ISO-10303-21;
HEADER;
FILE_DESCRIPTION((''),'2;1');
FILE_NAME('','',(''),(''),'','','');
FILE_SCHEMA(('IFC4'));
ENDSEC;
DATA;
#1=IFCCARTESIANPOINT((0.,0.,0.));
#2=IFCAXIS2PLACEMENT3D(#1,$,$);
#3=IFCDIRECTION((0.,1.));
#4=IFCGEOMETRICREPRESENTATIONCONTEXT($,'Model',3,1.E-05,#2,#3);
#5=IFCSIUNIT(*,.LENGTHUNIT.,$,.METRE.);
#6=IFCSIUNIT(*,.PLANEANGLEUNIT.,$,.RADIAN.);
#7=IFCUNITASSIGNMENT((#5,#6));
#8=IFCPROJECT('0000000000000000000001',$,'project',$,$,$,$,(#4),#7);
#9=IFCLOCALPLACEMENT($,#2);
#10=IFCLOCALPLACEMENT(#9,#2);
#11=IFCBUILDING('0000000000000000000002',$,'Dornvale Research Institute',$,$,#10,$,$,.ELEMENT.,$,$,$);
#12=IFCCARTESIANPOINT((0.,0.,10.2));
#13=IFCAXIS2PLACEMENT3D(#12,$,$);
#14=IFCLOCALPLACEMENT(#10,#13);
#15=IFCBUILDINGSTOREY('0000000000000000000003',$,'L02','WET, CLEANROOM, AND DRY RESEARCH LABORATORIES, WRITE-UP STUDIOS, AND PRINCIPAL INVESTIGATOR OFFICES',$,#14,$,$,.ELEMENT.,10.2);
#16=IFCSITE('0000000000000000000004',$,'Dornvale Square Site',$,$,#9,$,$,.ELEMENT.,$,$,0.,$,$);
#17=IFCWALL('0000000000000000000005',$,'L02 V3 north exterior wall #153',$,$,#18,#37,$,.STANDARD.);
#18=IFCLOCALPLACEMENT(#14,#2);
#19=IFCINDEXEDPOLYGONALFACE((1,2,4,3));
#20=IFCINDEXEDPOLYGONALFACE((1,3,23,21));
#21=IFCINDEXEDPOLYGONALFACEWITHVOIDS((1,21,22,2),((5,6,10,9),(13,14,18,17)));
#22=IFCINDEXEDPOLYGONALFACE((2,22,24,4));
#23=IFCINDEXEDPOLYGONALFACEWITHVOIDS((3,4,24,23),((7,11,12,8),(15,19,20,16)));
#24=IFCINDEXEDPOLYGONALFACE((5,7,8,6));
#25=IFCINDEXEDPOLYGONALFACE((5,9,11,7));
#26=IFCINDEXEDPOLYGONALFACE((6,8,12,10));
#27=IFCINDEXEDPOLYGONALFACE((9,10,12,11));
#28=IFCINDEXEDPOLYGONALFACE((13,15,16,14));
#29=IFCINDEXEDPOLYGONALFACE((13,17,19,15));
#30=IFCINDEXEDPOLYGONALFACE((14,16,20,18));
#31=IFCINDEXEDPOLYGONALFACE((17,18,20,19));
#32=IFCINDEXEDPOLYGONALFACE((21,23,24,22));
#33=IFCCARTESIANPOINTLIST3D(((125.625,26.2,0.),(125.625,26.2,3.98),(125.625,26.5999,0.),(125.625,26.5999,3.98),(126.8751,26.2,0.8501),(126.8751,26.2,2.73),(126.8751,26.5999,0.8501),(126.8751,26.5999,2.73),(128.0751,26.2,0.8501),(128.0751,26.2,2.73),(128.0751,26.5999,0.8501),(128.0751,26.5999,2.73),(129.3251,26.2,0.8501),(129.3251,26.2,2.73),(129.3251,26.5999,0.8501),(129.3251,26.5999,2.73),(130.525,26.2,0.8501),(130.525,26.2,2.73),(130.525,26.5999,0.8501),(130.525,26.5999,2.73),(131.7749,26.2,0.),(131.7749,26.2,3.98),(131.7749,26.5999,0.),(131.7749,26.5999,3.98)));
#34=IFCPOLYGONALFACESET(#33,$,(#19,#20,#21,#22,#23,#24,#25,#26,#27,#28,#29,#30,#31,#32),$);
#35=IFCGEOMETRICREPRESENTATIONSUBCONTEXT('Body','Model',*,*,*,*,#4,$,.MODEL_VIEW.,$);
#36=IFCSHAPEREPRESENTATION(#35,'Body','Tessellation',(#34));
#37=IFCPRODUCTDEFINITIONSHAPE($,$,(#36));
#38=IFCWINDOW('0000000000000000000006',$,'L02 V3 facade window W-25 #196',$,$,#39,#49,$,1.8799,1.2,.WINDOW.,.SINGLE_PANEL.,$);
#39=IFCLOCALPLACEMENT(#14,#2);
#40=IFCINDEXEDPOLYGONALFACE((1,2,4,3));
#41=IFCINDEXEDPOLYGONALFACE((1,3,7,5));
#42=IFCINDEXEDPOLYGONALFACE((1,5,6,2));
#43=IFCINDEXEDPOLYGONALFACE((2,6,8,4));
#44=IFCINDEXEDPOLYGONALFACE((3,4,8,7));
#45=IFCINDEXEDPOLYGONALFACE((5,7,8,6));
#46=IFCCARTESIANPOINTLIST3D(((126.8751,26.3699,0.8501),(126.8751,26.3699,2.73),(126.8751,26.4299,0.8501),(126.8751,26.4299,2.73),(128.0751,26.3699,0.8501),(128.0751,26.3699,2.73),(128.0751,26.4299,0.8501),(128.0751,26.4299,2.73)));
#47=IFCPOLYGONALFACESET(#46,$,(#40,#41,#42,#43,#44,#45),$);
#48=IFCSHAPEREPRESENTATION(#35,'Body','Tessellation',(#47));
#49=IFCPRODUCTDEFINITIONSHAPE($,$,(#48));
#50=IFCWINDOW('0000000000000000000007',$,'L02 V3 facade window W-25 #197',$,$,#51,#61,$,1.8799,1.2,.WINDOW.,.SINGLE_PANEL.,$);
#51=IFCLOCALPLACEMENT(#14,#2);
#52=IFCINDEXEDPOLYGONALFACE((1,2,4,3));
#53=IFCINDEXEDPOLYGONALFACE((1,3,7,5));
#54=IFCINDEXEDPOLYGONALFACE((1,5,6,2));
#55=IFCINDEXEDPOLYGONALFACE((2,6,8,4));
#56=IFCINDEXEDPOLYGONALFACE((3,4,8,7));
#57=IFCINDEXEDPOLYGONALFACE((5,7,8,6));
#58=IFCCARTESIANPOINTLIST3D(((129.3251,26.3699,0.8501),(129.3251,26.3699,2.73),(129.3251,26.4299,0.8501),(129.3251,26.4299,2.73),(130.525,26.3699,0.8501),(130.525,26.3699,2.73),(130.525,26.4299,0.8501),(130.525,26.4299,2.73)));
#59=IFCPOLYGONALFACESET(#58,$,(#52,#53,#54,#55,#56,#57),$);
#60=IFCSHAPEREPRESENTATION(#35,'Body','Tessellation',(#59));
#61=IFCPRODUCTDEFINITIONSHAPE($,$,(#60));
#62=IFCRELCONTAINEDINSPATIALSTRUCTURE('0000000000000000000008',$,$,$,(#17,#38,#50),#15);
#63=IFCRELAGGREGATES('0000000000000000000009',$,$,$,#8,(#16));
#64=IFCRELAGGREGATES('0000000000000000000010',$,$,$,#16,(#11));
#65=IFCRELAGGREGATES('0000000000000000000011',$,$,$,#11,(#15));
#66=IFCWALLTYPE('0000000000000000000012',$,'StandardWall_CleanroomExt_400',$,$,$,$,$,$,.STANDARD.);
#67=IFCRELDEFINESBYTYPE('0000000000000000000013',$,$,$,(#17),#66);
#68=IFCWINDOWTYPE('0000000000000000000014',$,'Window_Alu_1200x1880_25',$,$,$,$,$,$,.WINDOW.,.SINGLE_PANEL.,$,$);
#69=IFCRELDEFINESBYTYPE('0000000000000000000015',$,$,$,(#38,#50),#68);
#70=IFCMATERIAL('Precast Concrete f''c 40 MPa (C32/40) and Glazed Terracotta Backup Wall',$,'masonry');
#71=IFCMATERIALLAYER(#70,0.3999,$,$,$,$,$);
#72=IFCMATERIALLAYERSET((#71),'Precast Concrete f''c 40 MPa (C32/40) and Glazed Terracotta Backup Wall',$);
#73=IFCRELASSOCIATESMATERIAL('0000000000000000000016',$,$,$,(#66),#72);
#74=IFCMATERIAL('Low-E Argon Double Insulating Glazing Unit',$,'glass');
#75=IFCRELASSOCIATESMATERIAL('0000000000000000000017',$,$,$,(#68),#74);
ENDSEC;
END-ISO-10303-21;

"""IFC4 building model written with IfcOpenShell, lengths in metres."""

from ifc_helpers import new_model, si_unit, direction, frame, frame_2d, origin, place, context, subcontext, project, spatial, rectangle, extrude, material, layer, layer_set, type_object, element, fill, save


model = new_model("IFC4")

# Units and contexts
model_context = context("Model", 3, precision=1e-05, world=origin(), true_north=direction((0.0, 1.0)))
body_context = subcontext(model_context, "Body", "Model", "MODEL_VIEW")
ifc_project = project(units=[si_unit("LENGTHUNIT", "METRE"), si_unit("PLANEANGLEUNIT", "RADIAN")], contexts=[model_context])

# Site, building, storey
site_placement = place(None, origin())
site = spatial("IfcSite", under=ifc_project, at=site_placement, Name="Dornvale Square Site", CompositionType="ELEMENT", RefElevation=0.0)
building_placement = place(site_placement, origin())
building = spatial("IfcBuilding", under=site, at=building_placement, Name="Dornvale Research Institute", CompositionType="ELEMENT")
storey_placement = place(building_placement, frame((0.0, 0.0, 10.2)))
storey = spatial("IfcBuildingStorey", under=building, at=storey_placement, Name="L02", Description="WET, CLEANROOM, AND DRY RESEARCH LABORATORIES, WRITE-UP STUDIOS, AND PRINCIPAL INVESTIGATOR OFFICES", CompositionType="ELEMENT", Elevation=10.2)

# Wall, openings, windows
ifc_material_1 = material(Name="Precast Concrete f'c 40 MPa (C32/40) and Glazed Terracotta Backup Wall", Category="masonry")
ifc_layer_1 = layer(ifc_material_1, 0.3999)
ifc_layer_set_1 = layer_set([ifc_layer_1], Name="Precast Concrete f'c 40 MPa (C32/40) and Glazed Terracotta Backup Wall")
wall_type = type_object("IfcWallType", Name="StandardWall_CleanroomExt_400", PredefinedType="STANDARD", material=ifc_layer_set_1)
wall_placement = place(storey_placement, frame((125.625, 26.3999, 0.0), z_axis=(0.0, 0.0, 1.0), x_axis=(1.0, 0.0, 0.0)))
wall = element("IfcWall", 1, at=wall_placement, inside=storey, type_object=wall_type, Name="L02 V3 north exterior wall #153", PredefinedType="STANDARD", context=body_context, shape_type="SweptSolid", body=[
    extrude(rectangle(XDim=6.1499, YDim=0.3999, at=frame_2d((3.075, 0.0))), origin(), (0.0, 0.0, 1.0), 3.98),
])
opening_1_placement = place(wall_placement, frame((1.25, 0.0, 0.8501)))
opening_1 = element("IfcOpeningElement", 2, at=opening_1_placement, cuts=wall, PredefinedType="OPENING", context=body_context, shape_type="SweptSolid", body=[
    extrude(rectangle(XDim=1.2, YDim=1.8799, at=frame_2d((0.6001, 0.9399))), frame((0.0, 0.2148, 0.0), z_axis=(0.0, -1.0, 0.0), x_axis=(1.0, 0.0, 0.0)), (0.0, 0.0, 1.0), 0.4299),
])
opening_2_placement = place(wall_placement, frame((3.7, 0.0, 0.8501)))
opening_2 = element("IfcOpeningElement", 3, at=opening_2_placement, cuts=wall, PredefinedType="OPENING", context=body_context, shape_type="SweptSolid", body=[
    extrude(rectangle(XDim=1.2, YDim=1.8799, at=frame_2d((0.6001, 0.9399))), frame((0.0, 0.2148, 0.0), z_axis=(0.0, -1.0, 0.0), x_axis=(1.0, 0.0, 0.0)), (0.0, 0.0, 1.0), 0.4299),
])
ifc_material_2 = material(Name="Low-E Argon Double Insulating Glazing Unit", Category="glass")
window_type = type_object("IfcWindowType", Name="Window_Alu_1200x1880_25", PartitioningType="SINGLE_PANEL", PredefinedType="WINDOW", material=ifc_material_2)
window_1_placement = place(opening_1_placement, origin())
window_1 = element("IfcWindow", 4, at=window_1_placement, inside=storey, type_object=window_type, Name="L02 V3 facade window W-25 #196", OverallHeight=1.8799, OverallWidth=1.2, PartitioningType="SINGLE_PANEL", PredefinedType="WINDOW", context=body_context, shape_type="SweptSolid", body=[
    extrude(rectangle(XDim=1.2, YDim=1.8799, at=frame_2d((0.6001, 0.9399))), frame((0.0, 0.03, 0.0), z_axis=(0.0, -1.0, 0.0), x_axis=(1.0, 0.0, 0.0)), (0.0, 0.0, 1.0), 0.0601),
])
fill(opening_1, window_1)
window_2_placement = place(opening_2_placement, origin())
window_2 = element("IfcWindow", 5, at=window_2_placement, inside=storey, type_object=window_type, Name="L02 V3 facade window W-25 #197", OverallHeight=1.8799, OverallWidth=1.2, PartitioningType="SINGLE_PANEL", PredefinedType="WINDOW", context=body_context, shape_type="SweptSolid", body=[
    extrude(rectangle(XDim=1.2, YDim=1.8799, at=frame_2d((0.6001, 0.9399))), frame((0.0, 0.03, 0.0), z_axis=(0.0, -1.0, 0.0), x_axis=(1.0, 0.0, 0.0)), (0.0, 0.0, 1.0), 0.0601),
])
fill(opening_2, window_2)

save(model, "model.ifc")
